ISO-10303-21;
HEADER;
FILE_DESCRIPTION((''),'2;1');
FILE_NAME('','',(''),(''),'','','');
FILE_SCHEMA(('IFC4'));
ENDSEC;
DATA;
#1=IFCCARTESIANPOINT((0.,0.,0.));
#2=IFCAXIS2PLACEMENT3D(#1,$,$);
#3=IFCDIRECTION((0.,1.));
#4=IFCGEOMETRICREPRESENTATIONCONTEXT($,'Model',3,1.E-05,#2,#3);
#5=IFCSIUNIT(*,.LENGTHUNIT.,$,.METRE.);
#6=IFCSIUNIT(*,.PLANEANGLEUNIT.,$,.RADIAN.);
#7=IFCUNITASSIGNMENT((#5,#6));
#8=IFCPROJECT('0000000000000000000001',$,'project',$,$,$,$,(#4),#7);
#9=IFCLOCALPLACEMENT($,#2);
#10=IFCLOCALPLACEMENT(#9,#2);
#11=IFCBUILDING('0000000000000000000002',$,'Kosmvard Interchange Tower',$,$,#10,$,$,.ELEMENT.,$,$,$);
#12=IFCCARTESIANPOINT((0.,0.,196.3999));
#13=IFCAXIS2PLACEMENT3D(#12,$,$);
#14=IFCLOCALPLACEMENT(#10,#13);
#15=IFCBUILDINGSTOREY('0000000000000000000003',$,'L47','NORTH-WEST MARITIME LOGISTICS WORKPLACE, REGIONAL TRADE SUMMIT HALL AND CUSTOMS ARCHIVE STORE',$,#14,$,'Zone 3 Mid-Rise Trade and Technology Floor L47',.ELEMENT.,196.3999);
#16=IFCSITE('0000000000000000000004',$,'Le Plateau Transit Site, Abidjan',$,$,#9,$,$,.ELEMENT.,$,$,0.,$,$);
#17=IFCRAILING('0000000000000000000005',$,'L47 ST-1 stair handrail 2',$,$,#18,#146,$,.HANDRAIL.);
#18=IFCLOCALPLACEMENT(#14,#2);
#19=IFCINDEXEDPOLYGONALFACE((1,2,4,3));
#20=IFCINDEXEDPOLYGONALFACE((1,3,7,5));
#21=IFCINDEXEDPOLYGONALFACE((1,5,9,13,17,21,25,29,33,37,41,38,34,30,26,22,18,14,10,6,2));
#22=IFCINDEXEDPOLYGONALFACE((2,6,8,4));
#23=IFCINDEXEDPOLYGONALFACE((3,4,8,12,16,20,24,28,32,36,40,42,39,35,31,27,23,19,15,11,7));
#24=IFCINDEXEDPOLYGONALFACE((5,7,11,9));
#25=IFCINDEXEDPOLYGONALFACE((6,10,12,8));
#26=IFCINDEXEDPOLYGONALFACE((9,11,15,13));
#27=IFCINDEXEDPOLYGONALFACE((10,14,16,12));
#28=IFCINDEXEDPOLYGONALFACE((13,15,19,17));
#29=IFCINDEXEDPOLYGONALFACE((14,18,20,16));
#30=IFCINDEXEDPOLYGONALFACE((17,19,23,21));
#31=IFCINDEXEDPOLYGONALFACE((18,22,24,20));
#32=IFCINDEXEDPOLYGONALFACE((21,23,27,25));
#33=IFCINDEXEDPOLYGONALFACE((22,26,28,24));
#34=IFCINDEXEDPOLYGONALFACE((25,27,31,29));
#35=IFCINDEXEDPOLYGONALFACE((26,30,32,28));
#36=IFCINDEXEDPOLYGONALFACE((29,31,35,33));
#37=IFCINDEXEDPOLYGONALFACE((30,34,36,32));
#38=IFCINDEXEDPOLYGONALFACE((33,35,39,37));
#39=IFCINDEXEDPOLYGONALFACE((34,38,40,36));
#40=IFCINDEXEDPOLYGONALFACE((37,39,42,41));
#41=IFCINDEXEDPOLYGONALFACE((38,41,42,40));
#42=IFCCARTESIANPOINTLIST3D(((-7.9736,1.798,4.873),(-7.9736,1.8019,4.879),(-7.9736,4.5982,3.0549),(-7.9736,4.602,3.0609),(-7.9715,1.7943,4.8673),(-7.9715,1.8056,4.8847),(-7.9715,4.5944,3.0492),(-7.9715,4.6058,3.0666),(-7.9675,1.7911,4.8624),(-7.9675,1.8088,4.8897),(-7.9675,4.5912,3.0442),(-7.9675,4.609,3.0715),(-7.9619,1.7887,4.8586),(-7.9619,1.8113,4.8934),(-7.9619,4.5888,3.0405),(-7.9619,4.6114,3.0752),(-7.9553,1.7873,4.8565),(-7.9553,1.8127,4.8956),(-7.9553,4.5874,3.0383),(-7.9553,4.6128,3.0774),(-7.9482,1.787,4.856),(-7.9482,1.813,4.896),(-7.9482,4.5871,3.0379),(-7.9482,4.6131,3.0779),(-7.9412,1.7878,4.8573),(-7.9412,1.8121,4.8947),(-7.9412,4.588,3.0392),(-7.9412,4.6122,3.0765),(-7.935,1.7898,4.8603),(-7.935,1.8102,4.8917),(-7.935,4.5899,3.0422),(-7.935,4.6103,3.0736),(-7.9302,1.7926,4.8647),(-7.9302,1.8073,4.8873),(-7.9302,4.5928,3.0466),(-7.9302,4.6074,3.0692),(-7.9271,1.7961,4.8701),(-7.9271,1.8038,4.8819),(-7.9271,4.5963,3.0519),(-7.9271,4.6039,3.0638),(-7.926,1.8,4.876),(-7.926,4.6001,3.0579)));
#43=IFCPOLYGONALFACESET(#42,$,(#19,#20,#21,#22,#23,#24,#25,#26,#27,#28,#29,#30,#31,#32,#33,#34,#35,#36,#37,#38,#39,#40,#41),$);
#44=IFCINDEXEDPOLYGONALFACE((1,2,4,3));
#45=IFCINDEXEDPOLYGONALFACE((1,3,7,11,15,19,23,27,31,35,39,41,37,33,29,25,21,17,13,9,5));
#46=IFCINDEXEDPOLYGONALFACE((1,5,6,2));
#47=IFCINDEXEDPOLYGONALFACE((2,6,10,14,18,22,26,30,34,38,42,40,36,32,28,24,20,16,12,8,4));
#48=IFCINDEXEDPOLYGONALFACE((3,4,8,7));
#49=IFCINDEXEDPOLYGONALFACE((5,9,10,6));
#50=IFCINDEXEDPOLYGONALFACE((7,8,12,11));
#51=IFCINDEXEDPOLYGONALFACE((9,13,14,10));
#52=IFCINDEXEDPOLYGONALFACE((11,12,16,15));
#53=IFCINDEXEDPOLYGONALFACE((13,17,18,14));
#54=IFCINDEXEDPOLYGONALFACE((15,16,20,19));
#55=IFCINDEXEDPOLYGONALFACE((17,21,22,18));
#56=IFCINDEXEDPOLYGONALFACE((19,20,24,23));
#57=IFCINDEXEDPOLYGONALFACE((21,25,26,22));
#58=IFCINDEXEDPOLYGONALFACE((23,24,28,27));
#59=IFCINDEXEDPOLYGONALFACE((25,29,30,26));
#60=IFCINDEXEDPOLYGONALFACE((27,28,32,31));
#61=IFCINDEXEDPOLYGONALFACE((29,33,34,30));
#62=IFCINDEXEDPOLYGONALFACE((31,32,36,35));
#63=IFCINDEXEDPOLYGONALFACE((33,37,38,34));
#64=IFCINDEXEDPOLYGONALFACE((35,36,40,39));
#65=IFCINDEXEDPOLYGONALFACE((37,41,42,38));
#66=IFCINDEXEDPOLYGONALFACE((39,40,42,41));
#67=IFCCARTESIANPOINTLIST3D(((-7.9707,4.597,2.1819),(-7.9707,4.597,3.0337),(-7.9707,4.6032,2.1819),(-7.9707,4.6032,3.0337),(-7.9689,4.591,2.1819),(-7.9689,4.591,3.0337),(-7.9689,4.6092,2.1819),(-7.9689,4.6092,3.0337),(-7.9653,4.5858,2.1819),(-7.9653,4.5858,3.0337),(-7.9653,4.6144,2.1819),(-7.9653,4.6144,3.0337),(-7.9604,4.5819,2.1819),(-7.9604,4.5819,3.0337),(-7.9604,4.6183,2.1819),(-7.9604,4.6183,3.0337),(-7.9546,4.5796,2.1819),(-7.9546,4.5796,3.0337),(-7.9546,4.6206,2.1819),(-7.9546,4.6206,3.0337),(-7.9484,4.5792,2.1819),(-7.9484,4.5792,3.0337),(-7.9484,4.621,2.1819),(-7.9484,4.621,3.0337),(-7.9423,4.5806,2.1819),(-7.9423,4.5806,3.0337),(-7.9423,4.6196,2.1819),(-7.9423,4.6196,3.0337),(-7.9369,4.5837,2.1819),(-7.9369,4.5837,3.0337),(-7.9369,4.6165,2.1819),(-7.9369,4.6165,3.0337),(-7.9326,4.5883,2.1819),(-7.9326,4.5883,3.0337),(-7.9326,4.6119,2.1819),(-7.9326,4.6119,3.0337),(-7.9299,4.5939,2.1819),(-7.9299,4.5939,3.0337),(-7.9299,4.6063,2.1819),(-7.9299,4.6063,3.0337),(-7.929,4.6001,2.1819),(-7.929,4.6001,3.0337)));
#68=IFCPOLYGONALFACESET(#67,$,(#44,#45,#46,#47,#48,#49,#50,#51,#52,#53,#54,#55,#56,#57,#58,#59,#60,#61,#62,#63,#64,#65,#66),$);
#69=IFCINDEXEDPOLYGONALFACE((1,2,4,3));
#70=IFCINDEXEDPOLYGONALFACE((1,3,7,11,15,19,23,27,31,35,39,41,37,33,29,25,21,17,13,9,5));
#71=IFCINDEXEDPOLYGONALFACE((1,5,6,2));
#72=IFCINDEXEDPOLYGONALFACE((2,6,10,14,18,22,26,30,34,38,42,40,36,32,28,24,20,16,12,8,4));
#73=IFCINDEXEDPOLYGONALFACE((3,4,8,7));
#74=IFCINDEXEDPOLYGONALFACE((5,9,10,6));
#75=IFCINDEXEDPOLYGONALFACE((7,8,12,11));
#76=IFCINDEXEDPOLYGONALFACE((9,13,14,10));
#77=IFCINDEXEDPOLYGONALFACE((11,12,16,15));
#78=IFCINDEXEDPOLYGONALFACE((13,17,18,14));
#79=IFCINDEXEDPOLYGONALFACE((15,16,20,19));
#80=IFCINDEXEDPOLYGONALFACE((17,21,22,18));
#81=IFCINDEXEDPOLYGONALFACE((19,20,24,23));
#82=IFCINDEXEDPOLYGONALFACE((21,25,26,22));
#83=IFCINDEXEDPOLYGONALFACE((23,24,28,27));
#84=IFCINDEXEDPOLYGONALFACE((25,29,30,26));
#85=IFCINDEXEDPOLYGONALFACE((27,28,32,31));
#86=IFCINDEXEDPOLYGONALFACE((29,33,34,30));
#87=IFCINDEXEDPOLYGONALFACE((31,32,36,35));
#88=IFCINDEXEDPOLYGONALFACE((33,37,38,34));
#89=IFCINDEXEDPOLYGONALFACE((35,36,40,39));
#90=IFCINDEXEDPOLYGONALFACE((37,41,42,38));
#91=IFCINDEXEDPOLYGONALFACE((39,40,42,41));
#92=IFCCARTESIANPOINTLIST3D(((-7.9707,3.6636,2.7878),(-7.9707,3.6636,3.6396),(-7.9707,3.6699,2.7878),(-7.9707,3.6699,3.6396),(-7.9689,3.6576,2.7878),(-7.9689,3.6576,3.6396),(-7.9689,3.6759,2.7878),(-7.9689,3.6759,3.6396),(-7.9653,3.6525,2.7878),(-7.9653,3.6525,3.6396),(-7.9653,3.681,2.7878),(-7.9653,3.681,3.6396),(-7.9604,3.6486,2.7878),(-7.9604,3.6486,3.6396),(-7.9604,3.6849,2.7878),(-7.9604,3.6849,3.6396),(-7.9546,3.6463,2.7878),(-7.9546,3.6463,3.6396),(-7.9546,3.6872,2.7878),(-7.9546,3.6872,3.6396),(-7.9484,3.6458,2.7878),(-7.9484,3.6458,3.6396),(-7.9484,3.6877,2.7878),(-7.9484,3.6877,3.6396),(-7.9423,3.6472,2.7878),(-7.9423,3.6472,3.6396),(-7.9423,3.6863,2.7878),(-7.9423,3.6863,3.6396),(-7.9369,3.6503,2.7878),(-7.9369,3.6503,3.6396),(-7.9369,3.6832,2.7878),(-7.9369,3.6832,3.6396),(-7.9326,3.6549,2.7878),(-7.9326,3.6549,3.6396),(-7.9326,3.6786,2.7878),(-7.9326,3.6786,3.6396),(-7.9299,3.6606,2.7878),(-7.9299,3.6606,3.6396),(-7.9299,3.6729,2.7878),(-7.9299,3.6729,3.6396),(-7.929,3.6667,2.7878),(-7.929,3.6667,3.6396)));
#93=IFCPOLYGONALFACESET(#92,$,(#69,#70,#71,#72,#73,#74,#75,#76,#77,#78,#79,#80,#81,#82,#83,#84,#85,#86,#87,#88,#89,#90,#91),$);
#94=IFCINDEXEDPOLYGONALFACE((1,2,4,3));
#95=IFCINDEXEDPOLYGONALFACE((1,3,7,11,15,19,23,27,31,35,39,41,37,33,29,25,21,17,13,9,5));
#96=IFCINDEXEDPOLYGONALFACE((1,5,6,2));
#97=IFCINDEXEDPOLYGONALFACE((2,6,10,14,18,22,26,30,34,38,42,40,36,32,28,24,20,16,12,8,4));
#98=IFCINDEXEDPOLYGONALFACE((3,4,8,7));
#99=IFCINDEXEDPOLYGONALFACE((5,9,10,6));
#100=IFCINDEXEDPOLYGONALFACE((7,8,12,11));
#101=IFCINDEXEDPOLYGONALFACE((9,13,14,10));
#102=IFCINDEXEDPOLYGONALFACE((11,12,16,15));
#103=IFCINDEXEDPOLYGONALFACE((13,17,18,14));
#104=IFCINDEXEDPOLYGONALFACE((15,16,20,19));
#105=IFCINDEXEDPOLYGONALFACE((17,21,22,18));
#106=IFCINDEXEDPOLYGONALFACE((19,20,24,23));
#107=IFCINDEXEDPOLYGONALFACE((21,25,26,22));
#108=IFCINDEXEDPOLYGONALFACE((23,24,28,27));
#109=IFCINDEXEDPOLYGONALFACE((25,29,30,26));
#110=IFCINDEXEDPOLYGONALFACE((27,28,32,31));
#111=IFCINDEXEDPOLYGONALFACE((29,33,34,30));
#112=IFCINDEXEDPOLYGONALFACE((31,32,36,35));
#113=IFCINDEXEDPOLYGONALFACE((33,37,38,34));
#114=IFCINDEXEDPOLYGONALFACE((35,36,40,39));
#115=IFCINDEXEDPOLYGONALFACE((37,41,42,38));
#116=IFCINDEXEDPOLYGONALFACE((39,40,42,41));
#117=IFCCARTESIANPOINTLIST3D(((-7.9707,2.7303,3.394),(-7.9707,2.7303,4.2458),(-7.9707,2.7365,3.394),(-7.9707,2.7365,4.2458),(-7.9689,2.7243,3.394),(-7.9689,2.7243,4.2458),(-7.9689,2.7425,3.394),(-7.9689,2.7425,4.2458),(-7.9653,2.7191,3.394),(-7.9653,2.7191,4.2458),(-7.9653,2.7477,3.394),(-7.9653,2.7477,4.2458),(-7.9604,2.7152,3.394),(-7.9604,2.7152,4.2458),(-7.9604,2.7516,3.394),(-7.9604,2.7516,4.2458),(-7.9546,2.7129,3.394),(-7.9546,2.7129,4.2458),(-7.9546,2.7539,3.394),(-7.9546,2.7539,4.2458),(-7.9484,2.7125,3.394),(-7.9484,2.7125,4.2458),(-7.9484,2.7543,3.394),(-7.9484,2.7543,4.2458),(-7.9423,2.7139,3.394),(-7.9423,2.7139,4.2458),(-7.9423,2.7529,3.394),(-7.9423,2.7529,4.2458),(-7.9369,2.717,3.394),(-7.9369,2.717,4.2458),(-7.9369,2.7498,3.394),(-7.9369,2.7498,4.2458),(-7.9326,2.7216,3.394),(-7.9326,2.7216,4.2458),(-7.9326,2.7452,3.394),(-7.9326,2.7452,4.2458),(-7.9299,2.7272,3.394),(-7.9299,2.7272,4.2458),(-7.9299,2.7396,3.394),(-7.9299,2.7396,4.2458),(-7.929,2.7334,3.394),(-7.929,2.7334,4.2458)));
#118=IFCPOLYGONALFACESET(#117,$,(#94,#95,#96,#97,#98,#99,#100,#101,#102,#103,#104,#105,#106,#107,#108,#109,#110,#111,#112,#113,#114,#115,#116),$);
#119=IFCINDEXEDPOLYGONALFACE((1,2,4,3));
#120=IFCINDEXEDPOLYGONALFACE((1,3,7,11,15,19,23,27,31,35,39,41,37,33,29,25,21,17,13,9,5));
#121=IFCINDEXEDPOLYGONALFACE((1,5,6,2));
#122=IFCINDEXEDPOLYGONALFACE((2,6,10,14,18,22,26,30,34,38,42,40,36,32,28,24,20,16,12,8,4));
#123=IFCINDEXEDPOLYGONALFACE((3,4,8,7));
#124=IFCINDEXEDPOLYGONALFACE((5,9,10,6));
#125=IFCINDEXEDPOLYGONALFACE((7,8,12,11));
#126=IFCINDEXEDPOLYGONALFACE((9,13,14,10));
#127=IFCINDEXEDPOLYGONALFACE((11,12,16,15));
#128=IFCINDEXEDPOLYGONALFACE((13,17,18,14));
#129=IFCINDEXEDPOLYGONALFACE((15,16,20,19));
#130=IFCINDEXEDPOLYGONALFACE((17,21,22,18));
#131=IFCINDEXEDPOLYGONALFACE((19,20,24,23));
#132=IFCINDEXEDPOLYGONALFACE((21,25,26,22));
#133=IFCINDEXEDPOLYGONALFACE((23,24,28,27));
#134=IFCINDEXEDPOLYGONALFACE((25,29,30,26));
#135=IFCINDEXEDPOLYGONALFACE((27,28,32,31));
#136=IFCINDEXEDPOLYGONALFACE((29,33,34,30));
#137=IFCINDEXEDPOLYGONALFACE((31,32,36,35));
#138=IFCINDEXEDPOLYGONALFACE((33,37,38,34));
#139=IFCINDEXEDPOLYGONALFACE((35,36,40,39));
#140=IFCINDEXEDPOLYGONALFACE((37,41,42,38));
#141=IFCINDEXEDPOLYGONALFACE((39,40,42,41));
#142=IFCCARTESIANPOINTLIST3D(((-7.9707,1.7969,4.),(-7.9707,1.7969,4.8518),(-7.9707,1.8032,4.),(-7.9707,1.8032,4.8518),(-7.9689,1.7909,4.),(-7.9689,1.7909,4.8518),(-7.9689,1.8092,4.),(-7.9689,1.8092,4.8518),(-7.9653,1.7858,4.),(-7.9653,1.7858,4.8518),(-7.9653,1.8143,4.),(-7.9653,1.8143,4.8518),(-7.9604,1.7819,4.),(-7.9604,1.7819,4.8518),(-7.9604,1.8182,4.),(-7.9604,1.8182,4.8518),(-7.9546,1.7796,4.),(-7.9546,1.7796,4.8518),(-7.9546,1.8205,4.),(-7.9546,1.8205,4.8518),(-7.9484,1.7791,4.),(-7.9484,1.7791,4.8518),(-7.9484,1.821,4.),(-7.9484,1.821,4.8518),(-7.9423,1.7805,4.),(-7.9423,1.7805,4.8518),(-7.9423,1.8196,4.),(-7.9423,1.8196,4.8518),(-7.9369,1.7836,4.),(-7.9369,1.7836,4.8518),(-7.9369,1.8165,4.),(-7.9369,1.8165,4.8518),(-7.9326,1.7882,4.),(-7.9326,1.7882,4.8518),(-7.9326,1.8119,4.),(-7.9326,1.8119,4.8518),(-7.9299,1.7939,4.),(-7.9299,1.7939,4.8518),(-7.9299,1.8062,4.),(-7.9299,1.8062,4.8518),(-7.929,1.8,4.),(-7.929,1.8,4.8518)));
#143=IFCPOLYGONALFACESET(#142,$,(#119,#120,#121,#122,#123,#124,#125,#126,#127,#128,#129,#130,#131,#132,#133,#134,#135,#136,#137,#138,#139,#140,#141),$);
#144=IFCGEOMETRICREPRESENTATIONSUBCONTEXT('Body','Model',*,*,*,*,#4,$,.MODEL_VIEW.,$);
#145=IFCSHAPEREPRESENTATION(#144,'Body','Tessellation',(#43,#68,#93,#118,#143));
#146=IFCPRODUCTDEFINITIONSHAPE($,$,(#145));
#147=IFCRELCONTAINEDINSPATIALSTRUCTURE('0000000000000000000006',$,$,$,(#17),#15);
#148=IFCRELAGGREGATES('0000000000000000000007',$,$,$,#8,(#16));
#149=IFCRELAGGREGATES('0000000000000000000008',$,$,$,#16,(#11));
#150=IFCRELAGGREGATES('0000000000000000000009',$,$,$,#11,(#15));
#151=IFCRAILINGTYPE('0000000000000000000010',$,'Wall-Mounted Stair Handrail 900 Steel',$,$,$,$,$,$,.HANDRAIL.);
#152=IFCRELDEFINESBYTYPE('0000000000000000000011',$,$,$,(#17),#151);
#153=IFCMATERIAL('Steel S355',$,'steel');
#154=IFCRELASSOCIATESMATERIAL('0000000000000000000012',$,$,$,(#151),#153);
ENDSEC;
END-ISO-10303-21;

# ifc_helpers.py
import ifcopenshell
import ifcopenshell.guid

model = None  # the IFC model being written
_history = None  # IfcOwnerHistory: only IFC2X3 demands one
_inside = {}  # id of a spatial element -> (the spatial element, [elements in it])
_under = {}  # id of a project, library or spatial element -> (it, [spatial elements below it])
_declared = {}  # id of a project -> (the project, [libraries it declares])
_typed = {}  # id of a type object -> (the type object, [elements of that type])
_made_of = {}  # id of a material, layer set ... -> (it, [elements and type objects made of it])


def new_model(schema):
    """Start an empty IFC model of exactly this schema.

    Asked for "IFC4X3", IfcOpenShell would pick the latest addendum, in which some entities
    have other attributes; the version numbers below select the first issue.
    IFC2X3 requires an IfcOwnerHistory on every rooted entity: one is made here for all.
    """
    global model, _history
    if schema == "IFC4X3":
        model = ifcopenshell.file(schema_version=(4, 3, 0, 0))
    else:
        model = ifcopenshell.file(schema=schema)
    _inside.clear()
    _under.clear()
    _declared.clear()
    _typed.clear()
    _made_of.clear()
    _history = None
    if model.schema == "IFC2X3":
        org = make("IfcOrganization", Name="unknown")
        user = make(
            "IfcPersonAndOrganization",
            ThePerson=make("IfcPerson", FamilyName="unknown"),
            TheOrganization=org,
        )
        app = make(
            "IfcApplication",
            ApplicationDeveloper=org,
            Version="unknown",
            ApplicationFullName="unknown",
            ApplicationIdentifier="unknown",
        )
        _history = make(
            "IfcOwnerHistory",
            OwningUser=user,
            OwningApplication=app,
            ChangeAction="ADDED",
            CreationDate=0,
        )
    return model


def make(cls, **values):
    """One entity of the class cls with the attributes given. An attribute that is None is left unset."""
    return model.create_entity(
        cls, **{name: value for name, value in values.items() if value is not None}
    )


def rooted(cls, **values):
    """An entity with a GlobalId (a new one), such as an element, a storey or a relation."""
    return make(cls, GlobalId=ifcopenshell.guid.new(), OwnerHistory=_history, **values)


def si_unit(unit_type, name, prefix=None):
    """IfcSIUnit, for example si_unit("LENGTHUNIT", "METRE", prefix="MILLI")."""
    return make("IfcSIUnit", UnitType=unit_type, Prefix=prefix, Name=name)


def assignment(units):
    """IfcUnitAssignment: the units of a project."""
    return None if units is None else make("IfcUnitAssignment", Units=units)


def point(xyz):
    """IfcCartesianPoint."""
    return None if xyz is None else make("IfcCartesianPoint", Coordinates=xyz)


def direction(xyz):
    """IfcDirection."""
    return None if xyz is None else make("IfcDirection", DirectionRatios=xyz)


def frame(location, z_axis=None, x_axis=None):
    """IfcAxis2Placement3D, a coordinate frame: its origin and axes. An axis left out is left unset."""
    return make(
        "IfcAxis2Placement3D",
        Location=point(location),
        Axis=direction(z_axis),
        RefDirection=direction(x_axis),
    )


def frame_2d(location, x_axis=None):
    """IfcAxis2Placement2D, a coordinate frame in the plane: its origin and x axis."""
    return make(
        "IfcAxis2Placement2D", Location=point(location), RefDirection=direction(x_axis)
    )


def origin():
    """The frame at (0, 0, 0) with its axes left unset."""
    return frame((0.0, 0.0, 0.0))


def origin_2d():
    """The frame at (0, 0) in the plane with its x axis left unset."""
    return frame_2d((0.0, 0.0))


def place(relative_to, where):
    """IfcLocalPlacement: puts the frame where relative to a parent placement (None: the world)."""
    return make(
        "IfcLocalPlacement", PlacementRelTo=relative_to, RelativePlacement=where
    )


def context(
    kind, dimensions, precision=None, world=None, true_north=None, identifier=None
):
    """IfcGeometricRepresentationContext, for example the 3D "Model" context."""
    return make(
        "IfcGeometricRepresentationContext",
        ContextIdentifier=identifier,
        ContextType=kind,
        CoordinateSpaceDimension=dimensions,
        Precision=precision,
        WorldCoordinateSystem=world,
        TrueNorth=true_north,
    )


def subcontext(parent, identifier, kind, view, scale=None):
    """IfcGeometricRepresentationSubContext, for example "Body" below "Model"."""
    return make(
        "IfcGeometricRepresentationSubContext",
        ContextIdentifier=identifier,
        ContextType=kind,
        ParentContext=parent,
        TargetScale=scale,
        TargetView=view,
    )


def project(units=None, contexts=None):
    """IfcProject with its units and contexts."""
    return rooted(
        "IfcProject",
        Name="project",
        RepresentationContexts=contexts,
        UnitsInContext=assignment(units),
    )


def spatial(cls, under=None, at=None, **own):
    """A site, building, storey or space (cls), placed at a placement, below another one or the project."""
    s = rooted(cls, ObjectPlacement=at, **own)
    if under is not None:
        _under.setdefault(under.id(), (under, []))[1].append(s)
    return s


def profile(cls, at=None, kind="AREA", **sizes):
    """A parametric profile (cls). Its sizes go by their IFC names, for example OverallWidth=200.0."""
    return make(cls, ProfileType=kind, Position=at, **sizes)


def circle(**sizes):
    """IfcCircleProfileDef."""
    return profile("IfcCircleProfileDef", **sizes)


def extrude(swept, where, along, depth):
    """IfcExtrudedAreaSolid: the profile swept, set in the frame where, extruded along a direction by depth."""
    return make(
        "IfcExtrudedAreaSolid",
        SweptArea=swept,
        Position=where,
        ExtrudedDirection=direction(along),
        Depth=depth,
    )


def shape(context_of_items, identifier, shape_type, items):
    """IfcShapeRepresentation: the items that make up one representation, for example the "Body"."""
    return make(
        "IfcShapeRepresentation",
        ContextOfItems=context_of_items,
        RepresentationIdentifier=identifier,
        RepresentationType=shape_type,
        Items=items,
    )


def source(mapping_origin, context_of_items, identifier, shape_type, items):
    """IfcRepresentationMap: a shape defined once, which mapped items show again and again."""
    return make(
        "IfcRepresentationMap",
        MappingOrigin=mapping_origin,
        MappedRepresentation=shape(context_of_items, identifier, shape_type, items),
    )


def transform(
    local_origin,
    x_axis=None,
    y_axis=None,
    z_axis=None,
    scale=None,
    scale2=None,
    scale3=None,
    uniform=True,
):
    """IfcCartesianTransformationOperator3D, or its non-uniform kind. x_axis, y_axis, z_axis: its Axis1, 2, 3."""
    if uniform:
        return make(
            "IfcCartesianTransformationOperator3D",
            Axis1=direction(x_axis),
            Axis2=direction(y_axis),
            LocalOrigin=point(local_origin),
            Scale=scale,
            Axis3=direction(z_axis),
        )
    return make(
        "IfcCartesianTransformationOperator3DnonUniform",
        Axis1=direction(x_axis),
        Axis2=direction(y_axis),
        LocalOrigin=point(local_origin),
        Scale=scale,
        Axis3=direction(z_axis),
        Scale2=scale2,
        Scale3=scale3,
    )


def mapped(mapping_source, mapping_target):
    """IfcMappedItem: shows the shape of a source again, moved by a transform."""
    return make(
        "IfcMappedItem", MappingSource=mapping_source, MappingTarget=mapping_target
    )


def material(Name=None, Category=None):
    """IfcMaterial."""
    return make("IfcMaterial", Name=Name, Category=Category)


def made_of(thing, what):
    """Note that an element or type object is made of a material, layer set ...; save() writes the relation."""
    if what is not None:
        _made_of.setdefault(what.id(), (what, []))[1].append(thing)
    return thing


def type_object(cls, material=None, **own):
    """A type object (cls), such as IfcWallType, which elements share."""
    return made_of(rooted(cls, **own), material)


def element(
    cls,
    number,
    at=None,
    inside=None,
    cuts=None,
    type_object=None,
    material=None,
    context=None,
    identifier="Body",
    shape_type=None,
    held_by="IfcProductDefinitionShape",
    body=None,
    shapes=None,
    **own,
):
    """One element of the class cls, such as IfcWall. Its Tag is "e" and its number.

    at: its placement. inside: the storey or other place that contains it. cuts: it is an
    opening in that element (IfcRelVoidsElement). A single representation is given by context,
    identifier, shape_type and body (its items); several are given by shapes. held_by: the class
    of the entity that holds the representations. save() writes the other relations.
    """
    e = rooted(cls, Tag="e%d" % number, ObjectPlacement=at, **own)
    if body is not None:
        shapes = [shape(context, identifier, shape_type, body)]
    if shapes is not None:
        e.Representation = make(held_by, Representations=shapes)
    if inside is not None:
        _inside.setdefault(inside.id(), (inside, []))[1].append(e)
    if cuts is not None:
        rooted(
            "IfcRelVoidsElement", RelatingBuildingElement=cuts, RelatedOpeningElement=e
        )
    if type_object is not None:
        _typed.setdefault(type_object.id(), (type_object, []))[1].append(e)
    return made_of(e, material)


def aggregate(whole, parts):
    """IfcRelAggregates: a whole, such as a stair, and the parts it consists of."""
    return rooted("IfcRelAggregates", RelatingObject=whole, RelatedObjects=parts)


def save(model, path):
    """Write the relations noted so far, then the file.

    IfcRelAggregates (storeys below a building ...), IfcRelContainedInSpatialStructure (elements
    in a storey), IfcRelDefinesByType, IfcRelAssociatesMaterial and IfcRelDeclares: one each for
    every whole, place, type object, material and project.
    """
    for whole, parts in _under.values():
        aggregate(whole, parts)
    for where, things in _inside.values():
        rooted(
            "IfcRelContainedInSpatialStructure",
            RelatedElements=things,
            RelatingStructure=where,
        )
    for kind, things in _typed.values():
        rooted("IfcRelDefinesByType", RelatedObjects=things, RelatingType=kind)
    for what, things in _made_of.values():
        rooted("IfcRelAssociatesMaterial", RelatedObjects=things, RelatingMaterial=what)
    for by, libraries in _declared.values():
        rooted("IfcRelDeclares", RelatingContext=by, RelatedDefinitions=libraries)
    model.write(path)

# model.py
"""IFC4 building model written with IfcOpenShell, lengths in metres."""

from ifc_helpers import new_model, si_unit, direction, frame, origin, origin_2d, place, context, subcontext, project, spatial, circle, extrude, source, transform, mapped, material, type_object, element, save


model = new_model("IFC4")

# Units and contexts
model_context = context("Model", 3, precision=1e-05, world=origin(), true_north=direction((0.0, 1.0)))
body_context = subcontext(model_context, "Body", "Model", "MODEL_VIEW")
ifc_project = project(units=[si_unit("LENGTHUNIT", "METRE"), si_unit("PLANEANGLEUNIT", "RADIAN")], contexts=[model_context])

# Site, building, storey
site_placement = place(None, origin())
site = spatial("IfcSite", under=ifc_project, at=site_placement, Name="Le Plateau Transit Site, Abidjan", CompositionType="ELEMENT", RefElevation=0.0)
building_placement = place(site_placement, origin())
building = spatial("IfcBuilding", under=site, at=building_placement, Name="Kosmvard Interchange Tower", CompositionType="ELEMENT")
storey_placement = place(building_placement, frame((0.0, 0.0, 196.3999)))
storey = spatial("IfcBuildingStorey", under=building, at=storey_placement, Name="L47", Description="NORTH-WEST MARITIME LOGISTICS WORKPLACE, REGIONAL TRADE SUMMIT HALL AND CUSTOMS ARCHIVE STORE", LongName="Zone 3 Mid-Rise Trade and Technology Floor L47", CompositionType="ELEMENT", Elevation=196.3999)

# Shared definitions
ifc_material_1 = material(Name="Steel S355", Category="steel")

# Railing
railing_type_1 = type_object("IfcRailingType", Name="Wall-Mounted Stair Handrail 900 Steel", PredefinedType="HANDRAIL", material=ifc_material_1)
shared_shape_1 = source(origin(), body_context, "Body", "SweptSolid", [
    extrude(circle(Radius=0.0239, at=origin_2d()), frame((0.0, 0.0, 0.876), z_axis=(0.0, -0.838706, 0.544585), x_axis=(1.0, 0.0, 0.0)), (0.0, 0.0, 1.0), 3.3386),
    extrude(circle(Radius=0.021, at=origin_2d()), origin(), (0.0, 0.0, 1.0), 0.8518),
    extrude(circle(Radius=0.021, at=origin_2d()), frame((0.0, -0.9333, 0.606)), (0.0, 0.0, 1.0), 0.8518),
    extrude(circle(Radius=0.021, at=origin_2d()), frame((0.0, -1.8667, 1.2122)), (0.0, 0.0, 1.0), 0.8518),
    extrude(circle(Radius=0.021, at=origin_2d()), frame((0.0, -2.8, 1.8181)), (0.0, 0.0, 1.0), 0.8518),
])
railing_1_placement = place(storey_placement, frame((-7.95, 4.6001, 2.1819)))
element("IfcRailing", 1, at=railing_1_placement, inside=storey, type_object=railing_type_1, Name="L47 ST-1 stair handrail 2", PredefinedType="HANDRAIL", context=body_context, shape_type="MappedRepresentation", body=[
    mapped(shared_shape_1, transform((0.0, 0.0, 0.0), scale=1.0)),
])

save(model, "model.ifc")
